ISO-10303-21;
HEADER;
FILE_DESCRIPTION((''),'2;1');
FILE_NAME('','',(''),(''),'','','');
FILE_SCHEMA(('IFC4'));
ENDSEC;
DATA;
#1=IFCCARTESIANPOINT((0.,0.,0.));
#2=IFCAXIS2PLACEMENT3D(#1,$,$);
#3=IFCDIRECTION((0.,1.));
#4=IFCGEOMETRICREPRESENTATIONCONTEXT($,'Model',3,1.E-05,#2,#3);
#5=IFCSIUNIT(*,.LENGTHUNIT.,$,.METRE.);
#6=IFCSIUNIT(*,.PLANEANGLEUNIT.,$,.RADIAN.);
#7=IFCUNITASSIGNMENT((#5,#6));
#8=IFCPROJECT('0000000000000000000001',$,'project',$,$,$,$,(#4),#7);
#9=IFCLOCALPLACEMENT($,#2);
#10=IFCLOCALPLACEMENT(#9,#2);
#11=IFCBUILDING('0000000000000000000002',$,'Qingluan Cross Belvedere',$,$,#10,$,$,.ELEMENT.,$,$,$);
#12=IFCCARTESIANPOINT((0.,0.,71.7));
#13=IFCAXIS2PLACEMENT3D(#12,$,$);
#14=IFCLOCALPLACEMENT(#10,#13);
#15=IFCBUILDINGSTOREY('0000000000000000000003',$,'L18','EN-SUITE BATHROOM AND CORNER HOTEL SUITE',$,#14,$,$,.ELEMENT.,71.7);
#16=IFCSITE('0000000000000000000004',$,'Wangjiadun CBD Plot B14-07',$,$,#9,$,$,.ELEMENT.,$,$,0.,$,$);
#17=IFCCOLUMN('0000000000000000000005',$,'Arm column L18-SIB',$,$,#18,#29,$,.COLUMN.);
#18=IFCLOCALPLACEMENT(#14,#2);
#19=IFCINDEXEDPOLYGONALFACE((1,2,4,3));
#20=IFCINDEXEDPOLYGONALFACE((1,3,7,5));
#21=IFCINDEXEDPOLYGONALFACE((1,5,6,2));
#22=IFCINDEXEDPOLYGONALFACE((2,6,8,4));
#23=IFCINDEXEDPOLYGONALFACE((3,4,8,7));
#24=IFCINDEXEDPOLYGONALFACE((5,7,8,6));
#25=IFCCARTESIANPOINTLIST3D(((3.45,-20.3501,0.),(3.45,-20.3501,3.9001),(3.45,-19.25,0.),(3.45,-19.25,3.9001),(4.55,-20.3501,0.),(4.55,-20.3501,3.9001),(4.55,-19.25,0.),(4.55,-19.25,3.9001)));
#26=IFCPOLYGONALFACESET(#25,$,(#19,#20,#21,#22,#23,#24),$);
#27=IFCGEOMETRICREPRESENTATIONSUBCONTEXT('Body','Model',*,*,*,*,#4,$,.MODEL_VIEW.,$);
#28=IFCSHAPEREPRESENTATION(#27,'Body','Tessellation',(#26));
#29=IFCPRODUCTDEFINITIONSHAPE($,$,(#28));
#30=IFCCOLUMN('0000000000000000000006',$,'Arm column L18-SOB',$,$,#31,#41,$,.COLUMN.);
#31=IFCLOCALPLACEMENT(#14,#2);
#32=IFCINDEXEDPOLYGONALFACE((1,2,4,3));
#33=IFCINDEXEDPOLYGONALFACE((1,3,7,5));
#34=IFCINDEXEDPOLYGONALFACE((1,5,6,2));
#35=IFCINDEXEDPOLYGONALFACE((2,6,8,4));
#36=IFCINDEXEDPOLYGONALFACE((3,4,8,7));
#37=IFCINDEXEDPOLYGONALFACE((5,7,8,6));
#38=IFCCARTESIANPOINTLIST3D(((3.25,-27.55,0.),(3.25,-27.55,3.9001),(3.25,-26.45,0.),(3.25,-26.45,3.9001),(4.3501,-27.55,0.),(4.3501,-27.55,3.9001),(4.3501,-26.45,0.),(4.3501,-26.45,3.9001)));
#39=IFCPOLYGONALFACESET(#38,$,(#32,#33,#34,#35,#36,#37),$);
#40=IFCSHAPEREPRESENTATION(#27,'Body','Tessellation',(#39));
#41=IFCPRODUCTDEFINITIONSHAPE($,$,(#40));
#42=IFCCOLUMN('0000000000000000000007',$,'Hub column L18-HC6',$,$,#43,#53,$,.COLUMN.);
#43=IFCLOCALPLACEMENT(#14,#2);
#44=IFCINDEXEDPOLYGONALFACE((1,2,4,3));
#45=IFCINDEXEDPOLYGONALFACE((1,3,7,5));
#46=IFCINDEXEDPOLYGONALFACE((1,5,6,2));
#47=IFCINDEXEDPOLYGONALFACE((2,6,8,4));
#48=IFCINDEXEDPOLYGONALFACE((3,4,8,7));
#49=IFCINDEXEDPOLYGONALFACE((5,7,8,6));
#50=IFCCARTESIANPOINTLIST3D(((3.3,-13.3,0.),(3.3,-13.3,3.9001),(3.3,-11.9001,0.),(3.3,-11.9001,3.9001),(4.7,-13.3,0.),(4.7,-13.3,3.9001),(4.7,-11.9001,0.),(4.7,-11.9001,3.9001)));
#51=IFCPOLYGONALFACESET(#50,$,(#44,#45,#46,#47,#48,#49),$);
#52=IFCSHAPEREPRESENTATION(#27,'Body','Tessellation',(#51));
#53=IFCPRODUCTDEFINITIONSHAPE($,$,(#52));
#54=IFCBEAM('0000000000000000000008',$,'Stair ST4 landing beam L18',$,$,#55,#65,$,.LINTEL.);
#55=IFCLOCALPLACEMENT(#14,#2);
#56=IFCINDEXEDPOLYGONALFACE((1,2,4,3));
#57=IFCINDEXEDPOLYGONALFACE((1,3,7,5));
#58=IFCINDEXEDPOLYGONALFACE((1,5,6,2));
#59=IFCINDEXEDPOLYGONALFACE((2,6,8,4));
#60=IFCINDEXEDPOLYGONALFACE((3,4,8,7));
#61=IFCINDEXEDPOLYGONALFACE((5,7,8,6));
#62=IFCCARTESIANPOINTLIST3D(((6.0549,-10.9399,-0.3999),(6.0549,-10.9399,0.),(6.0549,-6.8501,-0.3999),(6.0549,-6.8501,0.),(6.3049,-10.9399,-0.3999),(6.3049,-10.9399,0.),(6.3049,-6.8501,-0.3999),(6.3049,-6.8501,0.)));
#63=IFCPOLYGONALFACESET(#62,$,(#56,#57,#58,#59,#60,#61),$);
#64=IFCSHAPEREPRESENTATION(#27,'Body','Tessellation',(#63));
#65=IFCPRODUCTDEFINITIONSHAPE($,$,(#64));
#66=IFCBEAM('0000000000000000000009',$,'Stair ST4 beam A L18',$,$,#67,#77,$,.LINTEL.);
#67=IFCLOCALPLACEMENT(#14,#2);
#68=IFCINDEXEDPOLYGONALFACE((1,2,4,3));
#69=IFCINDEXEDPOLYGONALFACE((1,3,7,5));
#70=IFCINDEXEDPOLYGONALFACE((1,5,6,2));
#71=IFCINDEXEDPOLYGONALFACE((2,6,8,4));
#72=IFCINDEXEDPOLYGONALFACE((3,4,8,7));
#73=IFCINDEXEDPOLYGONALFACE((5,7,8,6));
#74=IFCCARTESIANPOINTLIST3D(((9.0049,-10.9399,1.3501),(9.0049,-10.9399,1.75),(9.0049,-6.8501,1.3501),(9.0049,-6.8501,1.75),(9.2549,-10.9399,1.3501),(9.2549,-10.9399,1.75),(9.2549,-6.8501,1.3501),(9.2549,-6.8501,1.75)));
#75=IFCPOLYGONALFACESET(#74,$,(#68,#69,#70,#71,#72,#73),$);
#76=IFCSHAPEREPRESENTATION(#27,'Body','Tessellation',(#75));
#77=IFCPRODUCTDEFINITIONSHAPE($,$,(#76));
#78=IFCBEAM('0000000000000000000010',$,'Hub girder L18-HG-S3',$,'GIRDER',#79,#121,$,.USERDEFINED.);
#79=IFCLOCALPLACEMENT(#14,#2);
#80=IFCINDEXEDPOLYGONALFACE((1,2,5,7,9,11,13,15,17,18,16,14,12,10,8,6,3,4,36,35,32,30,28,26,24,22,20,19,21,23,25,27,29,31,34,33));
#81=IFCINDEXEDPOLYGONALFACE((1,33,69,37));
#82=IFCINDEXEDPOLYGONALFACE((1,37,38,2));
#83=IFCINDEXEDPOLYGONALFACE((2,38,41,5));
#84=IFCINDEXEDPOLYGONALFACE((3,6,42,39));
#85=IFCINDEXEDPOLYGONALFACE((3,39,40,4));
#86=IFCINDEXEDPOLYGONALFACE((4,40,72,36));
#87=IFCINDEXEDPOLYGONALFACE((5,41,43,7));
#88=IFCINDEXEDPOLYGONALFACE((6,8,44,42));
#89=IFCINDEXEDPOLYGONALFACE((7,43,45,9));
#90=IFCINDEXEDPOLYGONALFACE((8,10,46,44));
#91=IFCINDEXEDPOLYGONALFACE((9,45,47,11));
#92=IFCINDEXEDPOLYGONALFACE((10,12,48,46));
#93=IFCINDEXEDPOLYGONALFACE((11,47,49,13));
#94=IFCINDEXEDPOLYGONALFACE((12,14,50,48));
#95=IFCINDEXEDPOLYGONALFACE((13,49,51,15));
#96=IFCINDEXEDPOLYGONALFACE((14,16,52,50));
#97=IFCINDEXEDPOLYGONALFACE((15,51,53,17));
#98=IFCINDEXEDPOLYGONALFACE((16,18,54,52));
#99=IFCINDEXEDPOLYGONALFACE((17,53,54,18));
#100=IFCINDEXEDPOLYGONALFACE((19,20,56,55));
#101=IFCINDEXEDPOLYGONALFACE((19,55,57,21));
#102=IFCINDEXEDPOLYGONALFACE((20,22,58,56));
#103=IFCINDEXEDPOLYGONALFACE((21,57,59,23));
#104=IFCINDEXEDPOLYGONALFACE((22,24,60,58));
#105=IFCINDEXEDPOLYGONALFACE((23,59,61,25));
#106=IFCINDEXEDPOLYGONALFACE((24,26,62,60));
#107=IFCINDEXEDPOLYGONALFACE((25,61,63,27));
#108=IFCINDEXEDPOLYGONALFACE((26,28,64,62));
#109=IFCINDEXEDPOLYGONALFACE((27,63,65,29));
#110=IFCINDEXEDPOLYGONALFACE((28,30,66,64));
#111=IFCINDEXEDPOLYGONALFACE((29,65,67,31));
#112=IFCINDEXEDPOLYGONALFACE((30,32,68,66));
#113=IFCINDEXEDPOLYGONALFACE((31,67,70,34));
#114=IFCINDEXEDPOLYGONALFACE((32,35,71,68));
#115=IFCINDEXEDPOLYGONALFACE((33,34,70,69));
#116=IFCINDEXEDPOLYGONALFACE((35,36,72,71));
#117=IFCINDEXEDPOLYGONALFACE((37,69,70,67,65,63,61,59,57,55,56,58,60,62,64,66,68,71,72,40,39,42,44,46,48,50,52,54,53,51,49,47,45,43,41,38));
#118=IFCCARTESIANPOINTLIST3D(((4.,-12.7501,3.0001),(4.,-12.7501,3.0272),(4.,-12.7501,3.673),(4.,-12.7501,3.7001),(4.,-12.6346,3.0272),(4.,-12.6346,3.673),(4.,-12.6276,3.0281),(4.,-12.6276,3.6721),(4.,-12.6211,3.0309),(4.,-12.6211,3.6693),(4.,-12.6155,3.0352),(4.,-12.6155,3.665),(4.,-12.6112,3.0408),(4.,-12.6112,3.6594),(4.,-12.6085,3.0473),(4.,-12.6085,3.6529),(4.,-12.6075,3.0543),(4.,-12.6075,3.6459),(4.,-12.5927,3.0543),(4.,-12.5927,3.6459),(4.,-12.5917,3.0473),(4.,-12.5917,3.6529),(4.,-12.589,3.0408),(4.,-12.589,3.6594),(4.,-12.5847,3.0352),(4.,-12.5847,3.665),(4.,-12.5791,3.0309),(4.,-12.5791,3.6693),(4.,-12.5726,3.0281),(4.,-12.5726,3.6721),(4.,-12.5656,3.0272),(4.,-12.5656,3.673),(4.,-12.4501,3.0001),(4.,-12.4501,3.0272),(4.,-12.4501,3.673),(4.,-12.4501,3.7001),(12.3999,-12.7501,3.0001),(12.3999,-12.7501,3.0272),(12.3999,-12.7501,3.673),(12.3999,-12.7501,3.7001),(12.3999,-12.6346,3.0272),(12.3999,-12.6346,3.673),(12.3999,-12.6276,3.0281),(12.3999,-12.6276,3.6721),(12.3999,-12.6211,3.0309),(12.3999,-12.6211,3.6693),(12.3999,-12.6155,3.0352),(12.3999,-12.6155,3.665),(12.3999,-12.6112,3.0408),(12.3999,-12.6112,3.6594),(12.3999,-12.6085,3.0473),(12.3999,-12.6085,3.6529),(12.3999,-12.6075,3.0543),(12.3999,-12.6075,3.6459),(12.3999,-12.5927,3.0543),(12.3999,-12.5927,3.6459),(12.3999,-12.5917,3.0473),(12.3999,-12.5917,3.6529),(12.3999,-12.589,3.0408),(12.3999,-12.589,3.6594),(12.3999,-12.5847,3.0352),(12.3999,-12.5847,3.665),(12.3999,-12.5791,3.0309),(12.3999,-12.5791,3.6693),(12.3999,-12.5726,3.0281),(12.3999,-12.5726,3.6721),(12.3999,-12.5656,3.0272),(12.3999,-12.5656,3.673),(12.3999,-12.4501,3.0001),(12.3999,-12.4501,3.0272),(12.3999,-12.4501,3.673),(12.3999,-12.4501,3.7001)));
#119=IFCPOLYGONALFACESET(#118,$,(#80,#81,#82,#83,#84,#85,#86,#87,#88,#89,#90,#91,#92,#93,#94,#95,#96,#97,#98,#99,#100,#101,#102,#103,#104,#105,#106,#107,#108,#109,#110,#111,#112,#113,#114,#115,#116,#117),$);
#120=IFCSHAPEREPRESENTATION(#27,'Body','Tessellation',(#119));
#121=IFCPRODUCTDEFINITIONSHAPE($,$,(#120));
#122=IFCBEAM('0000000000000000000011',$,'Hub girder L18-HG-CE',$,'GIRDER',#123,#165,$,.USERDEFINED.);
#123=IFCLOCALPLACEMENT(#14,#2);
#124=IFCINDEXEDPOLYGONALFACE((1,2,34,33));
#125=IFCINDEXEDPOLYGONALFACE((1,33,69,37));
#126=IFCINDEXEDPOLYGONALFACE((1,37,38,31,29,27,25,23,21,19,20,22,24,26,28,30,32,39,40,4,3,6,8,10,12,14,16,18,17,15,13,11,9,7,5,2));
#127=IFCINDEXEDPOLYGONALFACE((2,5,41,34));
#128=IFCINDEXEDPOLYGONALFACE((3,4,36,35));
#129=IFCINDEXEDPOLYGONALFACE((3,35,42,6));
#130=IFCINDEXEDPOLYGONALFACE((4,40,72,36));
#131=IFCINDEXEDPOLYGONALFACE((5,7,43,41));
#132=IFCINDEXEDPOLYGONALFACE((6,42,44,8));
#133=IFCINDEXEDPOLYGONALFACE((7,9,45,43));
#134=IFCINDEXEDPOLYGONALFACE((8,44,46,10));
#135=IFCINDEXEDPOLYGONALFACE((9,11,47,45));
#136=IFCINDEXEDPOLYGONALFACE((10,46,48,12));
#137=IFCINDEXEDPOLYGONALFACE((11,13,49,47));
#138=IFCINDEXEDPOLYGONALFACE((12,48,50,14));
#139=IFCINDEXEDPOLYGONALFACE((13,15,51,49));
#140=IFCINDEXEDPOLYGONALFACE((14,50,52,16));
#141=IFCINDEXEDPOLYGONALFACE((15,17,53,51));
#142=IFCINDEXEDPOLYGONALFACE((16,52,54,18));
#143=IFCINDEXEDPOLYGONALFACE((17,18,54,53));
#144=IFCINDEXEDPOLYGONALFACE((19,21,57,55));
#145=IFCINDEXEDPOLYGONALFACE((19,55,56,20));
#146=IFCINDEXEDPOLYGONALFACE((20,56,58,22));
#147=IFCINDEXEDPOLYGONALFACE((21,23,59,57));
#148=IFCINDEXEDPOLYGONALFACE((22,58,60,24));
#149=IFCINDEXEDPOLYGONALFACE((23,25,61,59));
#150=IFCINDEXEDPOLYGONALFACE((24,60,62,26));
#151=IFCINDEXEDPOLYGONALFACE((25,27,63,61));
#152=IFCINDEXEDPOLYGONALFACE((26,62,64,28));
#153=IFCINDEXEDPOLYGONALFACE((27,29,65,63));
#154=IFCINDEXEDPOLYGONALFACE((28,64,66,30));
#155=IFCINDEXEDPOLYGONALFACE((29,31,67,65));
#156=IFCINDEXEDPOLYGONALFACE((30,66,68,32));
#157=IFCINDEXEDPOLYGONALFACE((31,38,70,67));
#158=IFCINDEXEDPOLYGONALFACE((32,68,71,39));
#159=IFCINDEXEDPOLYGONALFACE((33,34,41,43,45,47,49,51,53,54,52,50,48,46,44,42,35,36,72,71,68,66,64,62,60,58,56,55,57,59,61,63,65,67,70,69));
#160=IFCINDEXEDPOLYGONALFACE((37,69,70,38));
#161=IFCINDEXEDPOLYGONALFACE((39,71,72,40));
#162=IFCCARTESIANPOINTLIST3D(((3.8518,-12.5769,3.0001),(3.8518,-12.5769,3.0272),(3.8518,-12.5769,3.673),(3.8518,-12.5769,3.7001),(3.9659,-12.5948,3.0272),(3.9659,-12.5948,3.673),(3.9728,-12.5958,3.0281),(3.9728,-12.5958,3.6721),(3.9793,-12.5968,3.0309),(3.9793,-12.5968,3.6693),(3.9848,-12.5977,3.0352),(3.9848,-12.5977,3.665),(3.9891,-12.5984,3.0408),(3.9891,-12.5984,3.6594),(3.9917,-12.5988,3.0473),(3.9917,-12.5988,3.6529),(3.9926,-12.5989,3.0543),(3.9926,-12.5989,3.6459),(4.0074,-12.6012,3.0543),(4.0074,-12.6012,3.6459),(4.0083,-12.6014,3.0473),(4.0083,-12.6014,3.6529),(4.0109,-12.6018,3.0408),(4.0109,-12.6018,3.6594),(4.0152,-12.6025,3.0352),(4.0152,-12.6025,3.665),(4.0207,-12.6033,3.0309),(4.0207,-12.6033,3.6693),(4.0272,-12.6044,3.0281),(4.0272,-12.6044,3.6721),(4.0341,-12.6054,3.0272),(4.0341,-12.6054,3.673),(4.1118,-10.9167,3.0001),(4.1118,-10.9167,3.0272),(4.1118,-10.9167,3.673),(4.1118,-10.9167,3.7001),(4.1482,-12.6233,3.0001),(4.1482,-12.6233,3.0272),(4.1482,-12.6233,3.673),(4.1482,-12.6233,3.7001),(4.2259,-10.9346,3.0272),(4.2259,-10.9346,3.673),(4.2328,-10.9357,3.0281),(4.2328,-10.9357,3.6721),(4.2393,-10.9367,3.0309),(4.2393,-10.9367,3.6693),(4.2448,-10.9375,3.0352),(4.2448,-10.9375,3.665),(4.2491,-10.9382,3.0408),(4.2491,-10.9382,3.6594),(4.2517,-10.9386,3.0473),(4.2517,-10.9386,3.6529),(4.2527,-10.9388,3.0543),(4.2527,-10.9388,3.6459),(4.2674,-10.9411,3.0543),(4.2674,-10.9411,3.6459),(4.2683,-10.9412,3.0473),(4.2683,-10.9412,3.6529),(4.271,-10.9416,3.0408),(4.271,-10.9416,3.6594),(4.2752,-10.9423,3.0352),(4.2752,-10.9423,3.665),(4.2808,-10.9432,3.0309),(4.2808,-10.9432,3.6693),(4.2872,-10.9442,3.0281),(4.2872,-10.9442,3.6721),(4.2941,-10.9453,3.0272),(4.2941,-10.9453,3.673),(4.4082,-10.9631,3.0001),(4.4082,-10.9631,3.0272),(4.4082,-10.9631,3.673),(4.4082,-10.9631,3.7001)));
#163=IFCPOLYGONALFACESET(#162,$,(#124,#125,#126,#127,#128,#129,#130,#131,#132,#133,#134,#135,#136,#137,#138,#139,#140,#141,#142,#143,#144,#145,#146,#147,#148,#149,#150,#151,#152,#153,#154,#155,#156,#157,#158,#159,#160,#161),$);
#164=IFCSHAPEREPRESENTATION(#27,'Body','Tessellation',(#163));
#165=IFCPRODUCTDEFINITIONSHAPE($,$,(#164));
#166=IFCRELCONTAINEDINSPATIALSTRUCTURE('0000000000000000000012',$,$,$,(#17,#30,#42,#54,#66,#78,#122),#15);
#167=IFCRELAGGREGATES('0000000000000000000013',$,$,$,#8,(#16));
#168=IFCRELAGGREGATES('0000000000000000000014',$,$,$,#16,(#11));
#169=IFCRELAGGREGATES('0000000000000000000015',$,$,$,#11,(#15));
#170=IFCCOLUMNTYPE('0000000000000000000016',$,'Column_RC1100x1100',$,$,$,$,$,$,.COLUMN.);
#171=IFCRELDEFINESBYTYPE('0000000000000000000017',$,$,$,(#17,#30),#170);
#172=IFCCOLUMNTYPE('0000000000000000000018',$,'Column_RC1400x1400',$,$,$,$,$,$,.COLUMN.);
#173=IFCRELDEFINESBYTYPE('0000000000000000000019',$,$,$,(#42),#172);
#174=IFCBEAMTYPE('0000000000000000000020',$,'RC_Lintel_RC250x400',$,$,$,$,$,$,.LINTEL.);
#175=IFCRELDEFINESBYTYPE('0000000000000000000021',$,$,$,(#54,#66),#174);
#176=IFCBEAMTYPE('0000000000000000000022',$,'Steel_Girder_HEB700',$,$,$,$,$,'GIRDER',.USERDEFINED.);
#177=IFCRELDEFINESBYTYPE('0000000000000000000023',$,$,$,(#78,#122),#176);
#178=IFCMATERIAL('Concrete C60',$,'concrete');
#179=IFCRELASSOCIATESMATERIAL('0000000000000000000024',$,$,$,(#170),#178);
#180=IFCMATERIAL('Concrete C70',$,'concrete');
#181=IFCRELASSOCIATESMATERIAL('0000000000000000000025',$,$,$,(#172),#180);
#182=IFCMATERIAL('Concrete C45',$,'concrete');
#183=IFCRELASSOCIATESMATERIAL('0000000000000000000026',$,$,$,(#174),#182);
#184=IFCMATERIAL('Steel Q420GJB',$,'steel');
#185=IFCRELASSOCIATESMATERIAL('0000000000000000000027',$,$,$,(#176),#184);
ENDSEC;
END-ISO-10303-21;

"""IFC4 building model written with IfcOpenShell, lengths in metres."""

from ifc_helpers import new_model, si_unit, direction, frame, origin, origin_2d, place, context, subcontext, project, spatial, rectangle, i_section, extrude, material, material_profile, profile_set, type_object, element, save


model = new_model("IFC4")

# Units and contexts
model_context = context("Model", 3, precision=1e-05, world=origin(), true_north=direction((0.0, 1.0)))
body_context = subcontext(model_context, "Body", "Model", "MODEL_VIEW")
ifc_project = project(units=[si_unit("LENGTHUNIT", "METRE"), si_unit("PLANEANGLEUNIT", "RADIAN")], contexts=[model_context])

# Site, building, storey
site_placement = place(None, origin())
site = spatial("IfcSite", under=ifc_project, at=site_placement, Name="Wangjiadun CBD Plot B14-07", CompositionType="ELEMENT", RefElevation=0.0)
building_placement = place(site_placement, origin())
building = spatial("IfcBuilding", under=site, at=building_placement, Name="Qingluan Cross Belvedere", CompositionType="ELEMENT")
storey_placement = place(building_placement, frame((0.0, 0.0, 71.7)))
storey = spatial("IfcBuildingStorey", under=building, at=storey_placement, Name="L18", Description="EN-SUITE BATHROOM AND CORNER HOTEL SUITE", CompositionType="ELEMENT", Elevation=71.7)

# Columns
ifc_material_1 = material(Name="Concrete C60", Category="concrete")
ifc_material_profile_1 = material_profile(ifc_material_1, rectangle(XDim=1.1001, YDim=1.1001, at=origin_2d()), Name="RC1100x1100")
ifc_profile_set_1 = profile_set([ifc_material_profile_1], Name="Concrete C60")
column_type_1 = type_object("IfcColumnType", Name="Column_RC1100x1100", PredefinedType="COLUMN", material=ifc_profile_set_1)
for number, where, z_axis, x_axis, name in (
    (1, (4.0, -19.8, 0.0), (0.0, 0.0, 1.0), (1.0, 0.0, 0.0), "Arm column L18-SIB"),
    (2, (3.8, -27.0, 0.0), (0.0, 0.0, 1.0), (1.0, 0.0, 0.0), "Arm column L18-SOB"),
):
    element("IfcColumn", number, at=place(storey_placement, frame(where, z_axis=z_axis, x_axis=x_axis)), inside=storey, type_object=column_type_1, Name=name, PredefinedType="COLUMN", context=body_context, shape_type="SweptSolid", body=[
        extrude(rectangle(XDim=1.1001, YDim=1.1001, at=origin_2d()), origin(), (0.0, 0.0, 1.0), 3.9001),
    ])
ifc_material_2 = material(Name="Concrete C70", Category="concrete")
ifc_material_profile_2 = material_profile(ifc_material_2, rectangle(XDim=1.3999, YDim=1.3999, at=origin_2d()), Name="RC1400x1400")
ifc_profile_set_2 = profile_set([ifc_material_profile_2], Name="Concrete C70")
column_type_2 = type_object("IfcColumnType", Name="Column_RC1400x1400", PredefinedType="COLUMN", material=ifc_profile_set_2)
column_placement = place(storey_placement, frame((4.0, -12.6001, 0.0), z_axis=(0.0, 0.0, 1.0), x_axis=(1.0, 0.0, 0.0)))
element("IfcColumn", 3, at=column_placement, inside=storey, type_object=column_type_2, Name="Hub column L18-HC6", PredefinedType="COLUMN", context=body_context, shape_type="SweptSolid", body=[
    extrude(rectangle(XDim=1.3999, YDim=1.3999, at=origin_2d()), origin(), (0.0, 0.0, 1.0), 3.9001),
])

# Beams
ifc_material_3 = material(Name="Concrete C45", Category="concrete")
ifc_material_profile_3 = material_profile(ifc_material_3, rectangle(XDim=0.25, YDim=0.3999, at=origin_2d()), Name="RC250x400")
ifc_profile_set_3 = profile_set([ifc_material_profile_3], Name="Concrete C45")
beam_type_1 = type_object("IfcBeamType", Name="RC_Lintel_RC250x400", PredefinedType="LINTEL", material=ifc_profile_set_3)
for number, where, z_axis, x_axis, name in (
    (4, (6.1799, -10.9399, -0.2), (0.0, 1.0, 0.0), (-1.0, 0.0, 0.0), "Stair ST4 landing beam L18"),
    (5, (9.1299, -10.9399, 1.55), (0.0, 1.0, 0.0), (-1.0, 0.0, 0.0), "Stair ST4 beam A L18"),
):
    element("IfcBeam", number, at=place(storey_placement, frame(where, z_axis=z_axis, x_axis=x_axis)), inside=storey, type_object=beam_type_1, Name=name, PredefinedType="LINTEL", context=body_context, shape_type="SweptSolid", body=[
        extrude(rectangle(XDim=0.25, YDim=0.3999, at=origin_2d()), origin(), (0.0, 0.0, 1.0), 4.0898),
    ])
ifc_material_4 = material(Name="Steel Q420GJB", Category="steel")
ifc_material_profile_4 = material_profile(ifc_material_4, i_section(OverallWidth=0.3, OverallDepth=0.7, WebThickness=0.0149, FlangeThickness=0.0271, FilletRadius=0.0271, at=origin_2d()), Name="HEB700")
ifc_profile_set_4 = profile_set([ifc_material_profile_4], Name="Steel Q420GJB")
beam_type_2 = type_object("IfcBeamType", Name="Steel_Girder_HEB700", ElementType="GIRDER", PredefinedType="USERDEFINED", material=ifc_profile_set_4)
beam_1_placement = place(storey_placement, frame((4.0, -12.6001, 3.3501), z_axis=(1.0, 0.0, 0.0), x_axis=(0.0, 1.0, 0.0)))
element("IfcBeam", 6, at=beam_1_placement, inside=storey, type_object=beam_type_2, Name="Hub girder L18-HG-S3", ObjectType="GIRDER", PredefinedType="USERDEFINED", context=body_context, shape_type="SweptSolid", body=[
    extrude(i_section(OverallWidth=0.3, OverallDepth=0.7, WebThickness=0.0149, FlangeThickness=0.0271, FilletRadius=0.0271, at=origin_2d()), origin(), (0.0, 0.0, 1.0), 8.3999),
])
beam_2_placement = place(storey_placement, frame((4.0, -12.6001, 3.3501), z_axis=(0.154731, 0.987957, 0.0), x_axis=(-0.987957, 0.154731, 0.0)))
element("IfcBeam", 7, at=beam_2_placement, inside=storey, type_object=beam_type_2, Name="Hub girder L18-HG-CE", ObjectType="GIRDER", PredefinedType="USERDEFINED", context=body_context, shape_type="SweptSolid", body=[
    extrude(i_section(OverallWidth=0.3, OverallDepth=0.7, WebThickness=0.0149, FlangeThickness=0.0271, FilletRadius=0.0271, at=origin_2d()), origin(), (0.0, 0.0, 1.0), 1.6804),
])

save(model, "model.ifc")
